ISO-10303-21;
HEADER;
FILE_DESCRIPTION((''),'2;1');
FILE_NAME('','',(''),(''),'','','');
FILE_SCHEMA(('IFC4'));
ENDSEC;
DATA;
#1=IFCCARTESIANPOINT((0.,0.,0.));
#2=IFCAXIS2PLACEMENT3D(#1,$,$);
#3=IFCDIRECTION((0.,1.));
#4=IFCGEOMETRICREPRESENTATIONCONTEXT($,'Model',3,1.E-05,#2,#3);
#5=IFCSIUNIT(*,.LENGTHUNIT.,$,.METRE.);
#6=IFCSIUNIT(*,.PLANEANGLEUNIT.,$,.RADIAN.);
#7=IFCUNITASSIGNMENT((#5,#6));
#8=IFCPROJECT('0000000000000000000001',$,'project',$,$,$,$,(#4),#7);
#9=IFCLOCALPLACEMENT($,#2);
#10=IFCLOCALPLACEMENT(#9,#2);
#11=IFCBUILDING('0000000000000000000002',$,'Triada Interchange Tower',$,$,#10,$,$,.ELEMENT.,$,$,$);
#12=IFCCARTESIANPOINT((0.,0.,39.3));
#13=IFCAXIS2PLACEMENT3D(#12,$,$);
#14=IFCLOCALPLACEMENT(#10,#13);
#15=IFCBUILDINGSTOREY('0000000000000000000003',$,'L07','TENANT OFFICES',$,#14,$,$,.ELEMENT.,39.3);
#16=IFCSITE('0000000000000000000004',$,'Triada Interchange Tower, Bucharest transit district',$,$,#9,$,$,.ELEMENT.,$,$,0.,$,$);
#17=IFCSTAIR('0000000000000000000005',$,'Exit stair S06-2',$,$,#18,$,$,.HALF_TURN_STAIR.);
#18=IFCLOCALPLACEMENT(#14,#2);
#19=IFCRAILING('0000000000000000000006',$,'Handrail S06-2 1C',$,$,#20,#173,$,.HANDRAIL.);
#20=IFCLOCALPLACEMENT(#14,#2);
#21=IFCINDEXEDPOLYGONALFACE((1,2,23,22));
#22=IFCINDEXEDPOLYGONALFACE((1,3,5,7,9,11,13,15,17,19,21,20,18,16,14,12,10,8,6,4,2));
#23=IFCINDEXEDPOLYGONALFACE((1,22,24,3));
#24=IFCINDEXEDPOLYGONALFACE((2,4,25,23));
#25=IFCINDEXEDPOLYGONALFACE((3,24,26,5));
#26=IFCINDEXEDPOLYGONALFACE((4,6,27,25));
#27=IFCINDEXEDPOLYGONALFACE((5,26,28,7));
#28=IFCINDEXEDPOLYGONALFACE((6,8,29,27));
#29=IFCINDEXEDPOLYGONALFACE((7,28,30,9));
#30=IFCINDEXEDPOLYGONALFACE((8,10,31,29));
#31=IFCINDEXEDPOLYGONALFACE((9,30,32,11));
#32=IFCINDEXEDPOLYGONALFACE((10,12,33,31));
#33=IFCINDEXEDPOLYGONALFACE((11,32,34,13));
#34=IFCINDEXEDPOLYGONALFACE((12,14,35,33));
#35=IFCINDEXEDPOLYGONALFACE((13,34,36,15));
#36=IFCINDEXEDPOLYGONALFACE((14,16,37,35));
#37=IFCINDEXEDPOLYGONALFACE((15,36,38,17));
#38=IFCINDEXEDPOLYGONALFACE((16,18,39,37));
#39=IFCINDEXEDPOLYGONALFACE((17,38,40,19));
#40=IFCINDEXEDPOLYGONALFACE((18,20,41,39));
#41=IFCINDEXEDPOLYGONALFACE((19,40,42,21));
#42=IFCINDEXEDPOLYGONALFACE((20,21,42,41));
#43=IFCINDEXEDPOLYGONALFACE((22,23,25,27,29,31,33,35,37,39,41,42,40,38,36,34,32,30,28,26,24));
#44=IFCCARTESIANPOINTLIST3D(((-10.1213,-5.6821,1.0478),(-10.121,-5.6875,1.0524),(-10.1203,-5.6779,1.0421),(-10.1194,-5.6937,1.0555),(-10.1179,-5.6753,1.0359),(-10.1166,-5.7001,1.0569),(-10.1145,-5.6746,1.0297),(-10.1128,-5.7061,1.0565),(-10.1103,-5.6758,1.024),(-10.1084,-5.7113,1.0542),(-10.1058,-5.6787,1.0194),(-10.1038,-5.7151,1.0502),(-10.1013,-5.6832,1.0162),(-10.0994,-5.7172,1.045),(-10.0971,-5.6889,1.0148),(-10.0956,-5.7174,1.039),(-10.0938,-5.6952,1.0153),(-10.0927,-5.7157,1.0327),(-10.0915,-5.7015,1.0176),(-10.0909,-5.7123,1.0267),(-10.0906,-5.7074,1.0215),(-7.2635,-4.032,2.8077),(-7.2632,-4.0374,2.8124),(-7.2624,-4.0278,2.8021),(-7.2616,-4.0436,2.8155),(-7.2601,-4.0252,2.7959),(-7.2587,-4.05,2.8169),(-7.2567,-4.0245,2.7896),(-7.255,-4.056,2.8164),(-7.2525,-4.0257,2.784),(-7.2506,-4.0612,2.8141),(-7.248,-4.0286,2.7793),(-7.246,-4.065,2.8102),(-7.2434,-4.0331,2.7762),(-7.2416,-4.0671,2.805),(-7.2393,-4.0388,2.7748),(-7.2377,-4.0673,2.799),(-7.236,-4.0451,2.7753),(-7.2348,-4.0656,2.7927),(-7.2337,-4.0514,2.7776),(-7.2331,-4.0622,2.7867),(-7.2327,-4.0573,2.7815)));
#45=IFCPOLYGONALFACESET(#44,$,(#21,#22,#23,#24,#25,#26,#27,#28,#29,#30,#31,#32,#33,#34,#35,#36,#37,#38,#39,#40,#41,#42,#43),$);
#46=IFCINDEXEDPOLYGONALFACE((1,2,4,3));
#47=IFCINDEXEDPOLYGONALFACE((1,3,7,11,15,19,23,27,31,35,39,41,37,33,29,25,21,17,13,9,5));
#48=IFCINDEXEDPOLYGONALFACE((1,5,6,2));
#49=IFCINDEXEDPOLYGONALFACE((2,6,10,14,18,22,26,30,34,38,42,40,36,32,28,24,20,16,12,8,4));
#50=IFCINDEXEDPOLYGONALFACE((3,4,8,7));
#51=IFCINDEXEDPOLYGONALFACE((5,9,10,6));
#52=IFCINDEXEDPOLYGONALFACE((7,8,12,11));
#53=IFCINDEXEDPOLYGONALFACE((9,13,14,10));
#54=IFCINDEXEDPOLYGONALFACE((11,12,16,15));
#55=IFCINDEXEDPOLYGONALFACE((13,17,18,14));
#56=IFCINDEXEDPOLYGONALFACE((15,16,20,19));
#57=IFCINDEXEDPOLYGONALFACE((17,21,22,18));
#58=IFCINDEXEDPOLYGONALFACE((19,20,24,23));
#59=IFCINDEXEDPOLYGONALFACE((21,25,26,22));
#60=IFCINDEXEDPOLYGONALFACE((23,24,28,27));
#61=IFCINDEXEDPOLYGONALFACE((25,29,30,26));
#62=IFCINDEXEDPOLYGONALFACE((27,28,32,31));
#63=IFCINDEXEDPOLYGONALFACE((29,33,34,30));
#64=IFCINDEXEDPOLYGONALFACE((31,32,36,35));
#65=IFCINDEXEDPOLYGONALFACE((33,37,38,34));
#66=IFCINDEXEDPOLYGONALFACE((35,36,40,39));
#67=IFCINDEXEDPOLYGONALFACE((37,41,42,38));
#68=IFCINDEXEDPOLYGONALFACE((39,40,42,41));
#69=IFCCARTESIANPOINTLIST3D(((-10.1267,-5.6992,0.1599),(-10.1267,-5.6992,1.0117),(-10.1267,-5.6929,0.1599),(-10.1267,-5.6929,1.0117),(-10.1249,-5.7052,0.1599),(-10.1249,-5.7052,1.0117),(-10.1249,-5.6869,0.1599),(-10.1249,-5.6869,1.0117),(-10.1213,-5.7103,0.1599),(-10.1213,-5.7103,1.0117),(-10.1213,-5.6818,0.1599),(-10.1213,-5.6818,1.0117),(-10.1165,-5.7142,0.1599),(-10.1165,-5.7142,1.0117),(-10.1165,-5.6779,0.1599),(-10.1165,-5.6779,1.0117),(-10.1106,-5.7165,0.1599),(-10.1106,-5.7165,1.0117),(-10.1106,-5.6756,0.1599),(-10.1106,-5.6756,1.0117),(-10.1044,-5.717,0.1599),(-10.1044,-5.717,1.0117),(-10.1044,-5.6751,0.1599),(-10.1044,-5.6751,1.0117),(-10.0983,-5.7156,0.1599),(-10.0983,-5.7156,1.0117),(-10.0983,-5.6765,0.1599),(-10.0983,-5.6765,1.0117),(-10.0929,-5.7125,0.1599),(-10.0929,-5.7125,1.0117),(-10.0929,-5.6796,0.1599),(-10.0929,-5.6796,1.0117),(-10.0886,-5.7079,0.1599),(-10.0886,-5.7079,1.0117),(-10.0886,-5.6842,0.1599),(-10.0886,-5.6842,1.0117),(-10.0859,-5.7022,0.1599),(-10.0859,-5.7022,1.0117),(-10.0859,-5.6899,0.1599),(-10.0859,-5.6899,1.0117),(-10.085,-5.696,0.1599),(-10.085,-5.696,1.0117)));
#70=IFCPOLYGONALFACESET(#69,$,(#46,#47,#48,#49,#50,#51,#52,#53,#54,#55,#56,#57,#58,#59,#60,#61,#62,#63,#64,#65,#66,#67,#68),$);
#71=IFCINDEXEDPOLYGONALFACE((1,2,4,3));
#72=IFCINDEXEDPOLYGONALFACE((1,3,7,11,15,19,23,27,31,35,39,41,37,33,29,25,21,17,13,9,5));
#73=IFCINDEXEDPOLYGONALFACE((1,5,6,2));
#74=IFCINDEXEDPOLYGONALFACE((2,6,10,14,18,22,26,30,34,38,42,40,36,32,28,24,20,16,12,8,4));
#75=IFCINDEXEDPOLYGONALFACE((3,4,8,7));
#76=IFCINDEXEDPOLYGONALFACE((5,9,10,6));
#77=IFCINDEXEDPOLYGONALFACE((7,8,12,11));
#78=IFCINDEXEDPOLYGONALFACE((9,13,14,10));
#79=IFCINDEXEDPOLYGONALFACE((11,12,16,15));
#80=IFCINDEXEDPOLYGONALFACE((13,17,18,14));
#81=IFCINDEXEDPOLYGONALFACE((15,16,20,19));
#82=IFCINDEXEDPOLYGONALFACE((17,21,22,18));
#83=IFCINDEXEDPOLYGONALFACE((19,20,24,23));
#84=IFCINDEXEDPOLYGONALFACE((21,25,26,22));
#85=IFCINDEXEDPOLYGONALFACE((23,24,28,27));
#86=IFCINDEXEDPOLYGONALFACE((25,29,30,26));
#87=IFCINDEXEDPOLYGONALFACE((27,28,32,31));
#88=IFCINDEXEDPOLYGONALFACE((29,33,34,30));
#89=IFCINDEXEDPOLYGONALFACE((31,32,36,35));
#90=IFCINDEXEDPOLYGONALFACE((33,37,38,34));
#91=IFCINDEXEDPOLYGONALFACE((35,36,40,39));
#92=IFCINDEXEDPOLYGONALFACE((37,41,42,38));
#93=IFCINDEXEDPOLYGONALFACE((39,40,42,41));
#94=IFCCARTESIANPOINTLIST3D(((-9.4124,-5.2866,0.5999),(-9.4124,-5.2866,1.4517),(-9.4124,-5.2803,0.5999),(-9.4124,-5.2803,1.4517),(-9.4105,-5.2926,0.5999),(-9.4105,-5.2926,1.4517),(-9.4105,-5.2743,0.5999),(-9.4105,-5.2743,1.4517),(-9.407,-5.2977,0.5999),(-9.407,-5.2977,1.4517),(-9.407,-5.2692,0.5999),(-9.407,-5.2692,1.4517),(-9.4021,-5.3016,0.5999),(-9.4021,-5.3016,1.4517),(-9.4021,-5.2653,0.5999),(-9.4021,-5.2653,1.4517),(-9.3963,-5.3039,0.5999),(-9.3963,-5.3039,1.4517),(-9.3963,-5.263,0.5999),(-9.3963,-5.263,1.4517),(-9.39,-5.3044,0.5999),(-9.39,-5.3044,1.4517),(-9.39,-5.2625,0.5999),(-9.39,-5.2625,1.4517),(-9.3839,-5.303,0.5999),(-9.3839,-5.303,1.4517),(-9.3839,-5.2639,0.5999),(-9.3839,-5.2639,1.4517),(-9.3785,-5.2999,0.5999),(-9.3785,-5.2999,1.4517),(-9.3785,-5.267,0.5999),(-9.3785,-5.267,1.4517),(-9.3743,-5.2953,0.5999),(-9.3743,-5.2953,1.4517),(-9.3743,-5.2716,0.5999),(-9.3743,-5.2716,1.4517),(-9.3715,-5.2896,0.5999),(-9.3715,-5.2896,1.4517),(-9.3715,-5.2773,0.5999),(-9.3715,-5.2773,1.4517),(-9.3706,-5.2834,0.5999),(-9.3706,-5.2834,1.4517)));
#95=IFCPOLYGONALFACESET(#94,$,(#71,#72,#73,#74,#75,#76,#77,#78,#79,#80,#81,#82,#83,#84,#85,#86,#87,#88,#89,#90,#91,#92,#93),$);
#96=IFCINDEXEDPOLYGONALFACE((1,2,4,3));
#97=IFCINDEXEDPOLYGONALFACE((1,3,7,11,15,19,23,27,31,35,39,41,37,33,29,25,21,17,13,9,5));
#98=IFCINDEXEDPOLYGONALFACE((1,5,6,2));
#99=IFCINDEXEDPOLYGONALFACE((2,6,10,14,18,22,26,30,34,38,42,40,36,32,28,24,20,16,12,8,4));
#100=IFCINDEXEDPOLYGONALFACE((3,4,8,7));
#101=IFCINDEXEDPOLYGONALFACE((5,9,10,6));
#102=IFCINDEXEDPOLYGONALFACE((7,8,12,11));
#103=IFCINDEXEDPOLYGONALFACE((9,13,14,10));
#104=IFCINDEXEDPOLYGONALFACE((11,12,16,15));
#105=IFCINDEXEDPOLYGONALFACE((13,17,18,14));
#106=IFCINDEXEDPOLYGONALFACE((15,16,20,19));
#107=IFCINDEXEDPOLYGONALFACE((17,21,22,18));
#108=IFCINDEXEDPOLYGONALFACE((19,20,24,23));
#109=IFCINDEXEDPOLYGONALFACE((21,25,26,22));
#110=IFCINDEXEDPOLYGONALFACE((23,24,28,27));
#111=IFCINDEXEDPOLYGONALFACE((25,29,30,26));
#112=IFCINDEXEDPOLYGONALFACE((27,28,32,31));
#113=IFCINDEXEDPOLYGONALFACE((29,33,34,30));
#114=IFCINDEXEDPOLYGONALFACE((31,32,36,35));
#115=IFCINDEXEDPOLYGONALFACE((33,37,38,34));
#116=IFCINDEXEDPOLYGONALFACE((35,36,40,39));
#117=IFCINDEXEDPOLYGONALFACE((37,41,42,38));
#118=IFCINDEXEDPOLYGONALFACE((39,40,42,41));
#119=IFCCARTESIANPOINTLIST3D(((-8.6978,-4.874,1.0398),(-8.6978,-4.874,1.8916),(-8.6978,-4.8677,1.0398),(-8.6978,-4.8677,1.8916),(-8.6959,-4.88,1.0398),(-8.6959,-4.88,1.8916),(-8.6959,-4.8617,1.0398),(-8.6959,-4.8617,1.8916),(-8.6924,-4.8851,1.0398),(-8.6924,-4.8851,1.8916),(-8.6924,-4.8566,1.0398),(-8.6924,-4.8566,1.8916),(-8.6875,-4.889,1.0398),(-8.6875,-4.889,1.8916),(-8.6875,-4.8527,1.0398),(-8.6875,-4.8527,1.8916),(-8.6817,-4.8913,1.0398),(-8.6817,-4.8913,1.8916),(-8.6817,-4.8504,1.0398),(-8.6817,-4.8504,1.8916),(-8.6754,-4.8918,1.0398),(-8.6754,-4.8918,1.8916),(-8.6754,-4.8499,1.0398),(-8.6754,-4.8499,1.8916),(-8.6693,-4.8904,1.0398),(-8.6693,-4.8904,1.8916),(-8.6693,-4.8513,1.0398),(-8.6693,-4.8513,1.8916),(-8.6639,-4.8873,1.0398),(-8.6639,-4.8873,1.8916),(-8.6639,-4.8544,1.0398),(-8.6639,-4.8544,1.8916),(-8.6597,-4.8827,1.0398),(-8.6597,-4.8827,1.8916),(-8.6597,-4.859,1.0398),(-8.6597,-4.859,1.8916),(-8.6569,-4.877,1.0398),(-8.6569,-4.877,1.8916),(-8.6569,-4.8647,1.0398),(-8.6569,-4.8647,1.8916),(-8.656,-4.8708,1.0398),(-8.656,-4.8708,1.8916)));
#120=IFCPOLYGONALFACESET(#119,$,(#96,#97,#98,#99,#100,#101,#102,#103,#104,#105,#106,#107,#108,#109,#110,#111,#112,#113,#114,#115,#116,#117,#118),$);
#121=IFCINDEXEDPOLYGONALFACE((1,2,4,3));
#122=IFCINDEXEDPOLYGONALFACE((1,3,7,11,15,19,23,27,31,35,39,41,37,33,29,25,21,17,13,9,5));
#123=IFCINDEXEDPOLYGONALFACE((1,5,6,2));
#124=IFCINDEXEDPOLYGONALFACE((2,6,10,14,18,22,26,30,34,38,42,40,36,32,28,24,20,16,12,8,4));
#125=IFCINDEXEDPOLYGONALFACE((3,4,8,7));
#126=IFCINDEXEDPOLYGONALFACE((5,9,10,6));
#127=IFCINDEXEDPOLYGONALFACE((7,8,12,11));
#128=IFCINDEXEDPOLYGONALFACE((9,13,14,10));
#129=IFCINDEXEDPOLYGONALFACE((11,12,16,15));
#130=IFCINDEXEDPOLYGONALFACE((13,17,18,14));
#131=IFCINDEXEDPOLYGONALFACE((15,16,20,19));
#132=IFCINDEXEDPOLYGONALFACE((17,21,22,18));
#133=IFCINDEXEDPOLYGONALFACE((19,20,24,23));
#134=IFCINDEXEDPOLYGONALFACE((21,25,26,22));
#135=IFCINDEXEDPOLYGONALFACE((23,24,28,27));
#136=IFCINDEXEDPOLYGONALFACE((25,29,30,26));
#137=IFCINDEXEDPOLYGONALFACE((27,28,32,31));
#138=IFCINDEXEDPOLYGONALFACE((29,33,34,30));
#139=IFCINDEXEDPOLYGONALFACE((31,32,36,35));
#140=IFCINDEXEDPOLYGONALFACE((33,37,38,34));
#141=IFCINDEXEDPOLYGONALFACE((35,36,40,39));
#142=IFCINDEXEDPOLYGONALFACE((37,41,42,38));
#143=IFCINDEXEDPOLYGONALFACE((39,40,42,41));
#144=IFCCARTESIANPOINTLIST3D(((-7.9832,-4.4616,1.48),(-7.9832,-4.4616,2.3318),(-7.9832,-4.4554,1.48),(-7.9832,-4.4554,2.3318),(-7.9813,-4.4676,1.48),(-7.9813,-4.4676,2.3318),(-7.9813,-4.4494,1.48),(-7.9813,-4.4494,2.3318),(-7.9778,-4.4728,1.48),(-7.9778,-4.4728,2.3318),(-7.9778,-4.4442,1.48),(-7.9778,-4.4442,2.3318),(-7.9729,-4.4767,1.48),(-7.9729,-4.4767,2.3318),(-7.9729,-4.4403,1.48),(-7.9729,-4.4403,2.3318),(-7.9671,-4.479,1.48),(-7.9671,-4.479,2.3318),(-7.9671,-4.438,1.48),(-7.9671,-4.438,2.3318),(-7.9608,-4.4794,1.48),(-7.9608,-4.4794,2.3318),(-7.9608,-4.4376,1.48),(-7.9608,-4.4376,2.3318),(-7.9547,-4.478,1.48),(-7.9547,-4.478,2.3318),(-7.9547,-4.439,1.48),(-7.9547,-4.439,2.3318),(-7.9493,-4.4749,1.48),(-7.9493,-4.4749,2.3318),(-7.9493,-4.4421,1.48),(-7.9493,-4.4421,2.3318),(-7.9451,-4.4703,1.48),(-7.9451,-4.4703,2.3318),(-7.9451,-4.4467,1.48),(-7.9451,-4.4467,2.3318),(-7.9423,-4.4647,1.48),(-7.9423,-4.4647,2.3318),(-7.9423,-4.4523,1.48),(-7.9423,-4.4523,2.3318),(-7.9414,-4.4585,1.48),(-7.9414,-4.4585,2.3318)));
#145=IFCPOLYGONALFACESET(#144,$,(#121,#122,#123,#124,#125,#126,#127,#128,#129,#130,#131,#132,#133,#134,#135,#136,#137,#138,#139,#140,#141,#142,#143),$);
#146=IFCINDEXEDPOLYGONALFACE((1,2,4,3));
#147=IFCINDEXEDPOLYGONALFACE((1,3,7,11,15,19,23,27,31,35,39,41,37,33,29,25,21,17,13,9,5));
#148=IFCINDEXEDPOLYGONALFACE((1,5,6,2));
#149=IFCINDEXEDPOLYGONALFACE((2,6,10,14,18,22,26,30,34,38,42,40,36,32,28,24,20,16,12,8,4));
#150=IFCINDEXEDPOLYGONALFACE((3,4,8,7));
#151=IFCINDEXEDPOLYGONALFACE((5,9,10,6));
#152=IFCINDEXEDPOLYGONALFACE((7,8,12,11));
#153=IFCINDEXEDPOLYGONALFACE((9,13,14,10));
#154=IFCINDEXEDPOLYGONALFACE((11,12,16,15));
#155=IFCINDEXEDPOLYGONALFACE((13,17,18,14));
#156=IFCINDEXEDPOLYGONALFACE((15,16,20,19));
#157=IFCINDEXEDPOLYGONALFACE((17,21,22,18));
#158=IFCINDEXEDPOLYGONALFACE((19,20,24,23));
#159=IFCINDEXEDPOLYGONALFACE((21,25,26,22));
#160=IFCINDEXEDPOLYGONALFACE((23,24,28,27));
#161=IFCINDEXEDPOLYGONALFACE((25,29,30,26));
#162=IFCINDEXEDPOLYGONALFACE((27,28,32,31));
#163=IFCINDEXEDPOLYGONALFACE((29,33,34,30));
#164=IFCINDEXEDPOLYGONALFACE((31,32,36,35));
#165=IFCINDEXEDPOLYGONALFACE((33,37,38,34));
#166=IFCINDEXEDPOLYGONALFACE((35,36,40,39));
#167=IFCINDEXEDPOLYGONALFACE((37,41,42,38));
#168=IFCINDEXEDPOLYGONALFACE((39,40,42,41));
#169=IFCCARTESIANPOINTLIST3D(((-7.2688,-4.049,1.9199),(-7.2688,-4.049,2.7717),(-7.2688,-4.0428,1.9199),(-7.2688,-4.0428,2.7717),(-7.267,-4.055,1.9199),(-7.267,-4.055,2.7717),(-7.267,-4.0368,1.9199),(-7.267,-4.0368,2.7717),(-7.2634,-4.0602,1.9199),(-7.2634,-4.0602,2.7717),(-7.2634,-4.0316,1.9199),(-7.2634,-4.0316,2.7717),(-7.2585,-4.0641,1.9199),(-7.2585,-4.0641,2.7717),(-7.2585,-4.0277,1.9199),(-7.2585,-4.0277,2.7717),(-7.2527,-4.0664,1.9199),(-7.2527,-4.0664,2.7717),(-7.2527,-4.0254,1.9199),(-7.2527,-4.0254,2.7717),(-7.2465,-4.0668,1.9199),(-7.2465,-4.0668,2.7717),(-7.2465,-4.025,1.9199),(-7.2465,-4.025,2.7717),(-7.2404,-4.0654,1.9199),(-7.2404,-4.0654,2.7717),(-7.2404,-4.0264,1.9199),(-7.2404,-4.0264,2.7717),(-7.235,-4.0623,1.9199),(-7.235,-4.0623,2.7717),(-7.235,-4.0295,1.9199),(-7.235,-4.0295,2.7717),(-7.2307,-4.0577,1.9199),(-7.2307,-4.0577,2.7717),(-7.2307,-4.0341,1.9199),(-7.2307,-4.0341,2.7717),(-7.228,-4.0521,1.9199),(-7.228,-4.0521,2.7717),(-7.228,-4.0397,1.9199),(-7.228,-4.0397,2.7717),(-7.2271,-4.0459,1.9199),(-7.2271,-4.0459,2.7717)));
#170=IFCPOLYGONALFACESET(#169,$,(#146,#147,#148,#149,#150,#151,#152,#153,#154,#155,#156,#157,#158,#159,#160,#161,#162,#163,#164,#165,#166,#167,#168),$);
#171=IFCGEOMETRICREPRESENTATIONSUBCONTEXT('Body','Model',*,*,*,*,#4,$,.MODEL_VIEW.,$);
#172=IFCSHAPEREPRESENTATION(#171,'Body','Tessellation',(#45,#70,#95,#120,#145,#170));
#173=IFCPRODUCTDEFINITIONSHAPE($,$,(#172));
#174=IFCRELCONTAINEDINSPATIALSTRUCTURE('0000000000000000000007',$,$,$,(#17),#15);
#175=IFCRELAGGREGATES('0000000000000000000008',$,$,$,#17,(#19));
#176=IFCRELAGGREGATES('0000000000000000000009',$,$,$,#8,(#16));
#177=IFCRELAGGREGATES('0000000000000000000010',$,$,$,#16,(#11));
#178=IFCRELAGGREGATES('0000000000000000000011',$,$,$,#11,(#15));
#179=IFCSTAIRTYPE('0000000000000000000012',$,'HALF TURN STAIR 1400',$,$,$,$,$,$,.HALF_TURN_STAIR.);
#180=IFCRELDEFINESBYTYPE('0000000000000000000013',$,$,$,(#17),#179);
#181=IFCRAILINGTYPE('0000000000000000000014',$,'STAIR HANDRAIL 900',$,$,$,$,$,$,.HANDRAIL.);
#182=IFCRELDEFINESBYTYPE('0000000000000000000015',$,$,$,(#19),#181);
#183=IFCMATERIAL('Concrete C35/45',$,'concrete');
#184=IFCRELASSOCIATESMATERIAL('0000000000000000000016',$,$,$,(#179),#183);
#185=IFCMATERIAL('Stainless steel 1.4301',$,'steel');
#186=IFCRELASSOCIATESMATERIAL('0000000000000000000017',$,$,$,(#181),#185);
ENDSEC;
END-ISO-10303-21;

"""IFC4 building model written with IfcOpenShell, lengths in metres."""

from ifc_helpers import new_model, si_unit, direction, frame, origin, origin_2d, place, context, subcontext, project, spatial, circle, extrude, material, type_object, element, aggregate, save


model = new_model("IFC4")

# Units and contexts
model_context = context("Model", 3, precision=1e-05, world=origin(), true_north=direction((0.0, 1.0)))
body_context = subcontext(model_context, "Body", "Model", "MODEL_VIEW")
ifc_project = project(units=[si_unit("LENGTHUNIT", "METRE"), si_unit("PLANEANGLEUNIT", "RADIAN")], contexts=[model_context])

# Site, building, storey
site_placement = place(None, origin())
site = spatial("IfcSite", under=ifc_project, at=site_placement, Name="Triada Interchange Tower, Bucharest transit district", CompositionType="ELEMENT", RefElevation=0.0)
building_placement = place(site_placement, origin())
building = spatial("IfcBuilding", under=site, at=building_placement, Name="Triada Interchange Tower", CompositionType="ELEMENT")
storey_placement = place(building_placement, frame((0.0, 0.0, 39.3)))
storey = spatial("IfcBuildingStorey", under=building, at=storey_placement, Name="L07", Description="TENANT OFFICES", CompositionType="ELEMENT", Elevation=39.3)

# Stair, railing
ifc_material_1 = material(Name="Concrete C35/45", Category="concrete")
stair_type = type_object("IfcStairType", Name="HALF TURN STAIR 1400", PredefinedType="HALF_TURN_STAIR", material=ifc_material_1)
stair_placement = place(storey_placement, origin())
stair = element("IfcStair", 1, at=stair_placement, inside=storey, type_object=stair_type, Name="Exit stair S06-2", PredefinedType="HALF_TURN_STAIR")
ifc_material_2 = material(Name="Stainless steel 1.4301", Category="steel")
railing_type = type_object("IfcRailingType", Name="STAIR HANDRAIL 900", PredefinedType="HANDRAIL", material=ifc_material_2)
railing_1_placement = place(storey_placement, frame((-10.106, -5.696, 0.1599)))
railing_1 = element("IfcRailing", 2, at=railing_1_placement, type_object=railing_type, Name="Handrail S06-2 1C", PredefinedType="HANDRAIL", context=body_context, shape_type="SweptSolid", body=[
    extrude(circle(Radius=0.0239, at=origin_2d()), frame((0.0, 0.0, 0.876), z_axis=(0.764129, 0.441205, 0.47058), x_axis=(-0.50003, 0.866008, 0.0)), (0.0, 0.0, 1.0), 3.74),
    extrude(circle(Radius=0.021, at=origin_2d()), origin(), (0.0, 0.0, 1.0), 0.8518),
    extrude(circle(Radius=0.021, at=origin_2d()), frame((0.7144, 0.4126, 0.4399)), (0.0, 0.0, 1.0), 0.8518),
    extrude(circle(Radius=0.021, at=origin_2d()), frame((1.429, 0.8252, 0.8799)), (0.0, 0.0, 1.0), 0.8518),
    extrude(circle(Radius=0.021, at=origin_2d()), frame((2.1436, 1.2375, 1.3201)), (0.0, 0.0, 1.0), 0.8518),
    extrude(circle(Radius=0.021, at=origin_2d()), frame((2.8579, 1.6501, 1.76)), (0.0, 0.0, 1.0), 0.8518),
])
aggregate(stair, [railing_1])

save(model, "model.ifc")
